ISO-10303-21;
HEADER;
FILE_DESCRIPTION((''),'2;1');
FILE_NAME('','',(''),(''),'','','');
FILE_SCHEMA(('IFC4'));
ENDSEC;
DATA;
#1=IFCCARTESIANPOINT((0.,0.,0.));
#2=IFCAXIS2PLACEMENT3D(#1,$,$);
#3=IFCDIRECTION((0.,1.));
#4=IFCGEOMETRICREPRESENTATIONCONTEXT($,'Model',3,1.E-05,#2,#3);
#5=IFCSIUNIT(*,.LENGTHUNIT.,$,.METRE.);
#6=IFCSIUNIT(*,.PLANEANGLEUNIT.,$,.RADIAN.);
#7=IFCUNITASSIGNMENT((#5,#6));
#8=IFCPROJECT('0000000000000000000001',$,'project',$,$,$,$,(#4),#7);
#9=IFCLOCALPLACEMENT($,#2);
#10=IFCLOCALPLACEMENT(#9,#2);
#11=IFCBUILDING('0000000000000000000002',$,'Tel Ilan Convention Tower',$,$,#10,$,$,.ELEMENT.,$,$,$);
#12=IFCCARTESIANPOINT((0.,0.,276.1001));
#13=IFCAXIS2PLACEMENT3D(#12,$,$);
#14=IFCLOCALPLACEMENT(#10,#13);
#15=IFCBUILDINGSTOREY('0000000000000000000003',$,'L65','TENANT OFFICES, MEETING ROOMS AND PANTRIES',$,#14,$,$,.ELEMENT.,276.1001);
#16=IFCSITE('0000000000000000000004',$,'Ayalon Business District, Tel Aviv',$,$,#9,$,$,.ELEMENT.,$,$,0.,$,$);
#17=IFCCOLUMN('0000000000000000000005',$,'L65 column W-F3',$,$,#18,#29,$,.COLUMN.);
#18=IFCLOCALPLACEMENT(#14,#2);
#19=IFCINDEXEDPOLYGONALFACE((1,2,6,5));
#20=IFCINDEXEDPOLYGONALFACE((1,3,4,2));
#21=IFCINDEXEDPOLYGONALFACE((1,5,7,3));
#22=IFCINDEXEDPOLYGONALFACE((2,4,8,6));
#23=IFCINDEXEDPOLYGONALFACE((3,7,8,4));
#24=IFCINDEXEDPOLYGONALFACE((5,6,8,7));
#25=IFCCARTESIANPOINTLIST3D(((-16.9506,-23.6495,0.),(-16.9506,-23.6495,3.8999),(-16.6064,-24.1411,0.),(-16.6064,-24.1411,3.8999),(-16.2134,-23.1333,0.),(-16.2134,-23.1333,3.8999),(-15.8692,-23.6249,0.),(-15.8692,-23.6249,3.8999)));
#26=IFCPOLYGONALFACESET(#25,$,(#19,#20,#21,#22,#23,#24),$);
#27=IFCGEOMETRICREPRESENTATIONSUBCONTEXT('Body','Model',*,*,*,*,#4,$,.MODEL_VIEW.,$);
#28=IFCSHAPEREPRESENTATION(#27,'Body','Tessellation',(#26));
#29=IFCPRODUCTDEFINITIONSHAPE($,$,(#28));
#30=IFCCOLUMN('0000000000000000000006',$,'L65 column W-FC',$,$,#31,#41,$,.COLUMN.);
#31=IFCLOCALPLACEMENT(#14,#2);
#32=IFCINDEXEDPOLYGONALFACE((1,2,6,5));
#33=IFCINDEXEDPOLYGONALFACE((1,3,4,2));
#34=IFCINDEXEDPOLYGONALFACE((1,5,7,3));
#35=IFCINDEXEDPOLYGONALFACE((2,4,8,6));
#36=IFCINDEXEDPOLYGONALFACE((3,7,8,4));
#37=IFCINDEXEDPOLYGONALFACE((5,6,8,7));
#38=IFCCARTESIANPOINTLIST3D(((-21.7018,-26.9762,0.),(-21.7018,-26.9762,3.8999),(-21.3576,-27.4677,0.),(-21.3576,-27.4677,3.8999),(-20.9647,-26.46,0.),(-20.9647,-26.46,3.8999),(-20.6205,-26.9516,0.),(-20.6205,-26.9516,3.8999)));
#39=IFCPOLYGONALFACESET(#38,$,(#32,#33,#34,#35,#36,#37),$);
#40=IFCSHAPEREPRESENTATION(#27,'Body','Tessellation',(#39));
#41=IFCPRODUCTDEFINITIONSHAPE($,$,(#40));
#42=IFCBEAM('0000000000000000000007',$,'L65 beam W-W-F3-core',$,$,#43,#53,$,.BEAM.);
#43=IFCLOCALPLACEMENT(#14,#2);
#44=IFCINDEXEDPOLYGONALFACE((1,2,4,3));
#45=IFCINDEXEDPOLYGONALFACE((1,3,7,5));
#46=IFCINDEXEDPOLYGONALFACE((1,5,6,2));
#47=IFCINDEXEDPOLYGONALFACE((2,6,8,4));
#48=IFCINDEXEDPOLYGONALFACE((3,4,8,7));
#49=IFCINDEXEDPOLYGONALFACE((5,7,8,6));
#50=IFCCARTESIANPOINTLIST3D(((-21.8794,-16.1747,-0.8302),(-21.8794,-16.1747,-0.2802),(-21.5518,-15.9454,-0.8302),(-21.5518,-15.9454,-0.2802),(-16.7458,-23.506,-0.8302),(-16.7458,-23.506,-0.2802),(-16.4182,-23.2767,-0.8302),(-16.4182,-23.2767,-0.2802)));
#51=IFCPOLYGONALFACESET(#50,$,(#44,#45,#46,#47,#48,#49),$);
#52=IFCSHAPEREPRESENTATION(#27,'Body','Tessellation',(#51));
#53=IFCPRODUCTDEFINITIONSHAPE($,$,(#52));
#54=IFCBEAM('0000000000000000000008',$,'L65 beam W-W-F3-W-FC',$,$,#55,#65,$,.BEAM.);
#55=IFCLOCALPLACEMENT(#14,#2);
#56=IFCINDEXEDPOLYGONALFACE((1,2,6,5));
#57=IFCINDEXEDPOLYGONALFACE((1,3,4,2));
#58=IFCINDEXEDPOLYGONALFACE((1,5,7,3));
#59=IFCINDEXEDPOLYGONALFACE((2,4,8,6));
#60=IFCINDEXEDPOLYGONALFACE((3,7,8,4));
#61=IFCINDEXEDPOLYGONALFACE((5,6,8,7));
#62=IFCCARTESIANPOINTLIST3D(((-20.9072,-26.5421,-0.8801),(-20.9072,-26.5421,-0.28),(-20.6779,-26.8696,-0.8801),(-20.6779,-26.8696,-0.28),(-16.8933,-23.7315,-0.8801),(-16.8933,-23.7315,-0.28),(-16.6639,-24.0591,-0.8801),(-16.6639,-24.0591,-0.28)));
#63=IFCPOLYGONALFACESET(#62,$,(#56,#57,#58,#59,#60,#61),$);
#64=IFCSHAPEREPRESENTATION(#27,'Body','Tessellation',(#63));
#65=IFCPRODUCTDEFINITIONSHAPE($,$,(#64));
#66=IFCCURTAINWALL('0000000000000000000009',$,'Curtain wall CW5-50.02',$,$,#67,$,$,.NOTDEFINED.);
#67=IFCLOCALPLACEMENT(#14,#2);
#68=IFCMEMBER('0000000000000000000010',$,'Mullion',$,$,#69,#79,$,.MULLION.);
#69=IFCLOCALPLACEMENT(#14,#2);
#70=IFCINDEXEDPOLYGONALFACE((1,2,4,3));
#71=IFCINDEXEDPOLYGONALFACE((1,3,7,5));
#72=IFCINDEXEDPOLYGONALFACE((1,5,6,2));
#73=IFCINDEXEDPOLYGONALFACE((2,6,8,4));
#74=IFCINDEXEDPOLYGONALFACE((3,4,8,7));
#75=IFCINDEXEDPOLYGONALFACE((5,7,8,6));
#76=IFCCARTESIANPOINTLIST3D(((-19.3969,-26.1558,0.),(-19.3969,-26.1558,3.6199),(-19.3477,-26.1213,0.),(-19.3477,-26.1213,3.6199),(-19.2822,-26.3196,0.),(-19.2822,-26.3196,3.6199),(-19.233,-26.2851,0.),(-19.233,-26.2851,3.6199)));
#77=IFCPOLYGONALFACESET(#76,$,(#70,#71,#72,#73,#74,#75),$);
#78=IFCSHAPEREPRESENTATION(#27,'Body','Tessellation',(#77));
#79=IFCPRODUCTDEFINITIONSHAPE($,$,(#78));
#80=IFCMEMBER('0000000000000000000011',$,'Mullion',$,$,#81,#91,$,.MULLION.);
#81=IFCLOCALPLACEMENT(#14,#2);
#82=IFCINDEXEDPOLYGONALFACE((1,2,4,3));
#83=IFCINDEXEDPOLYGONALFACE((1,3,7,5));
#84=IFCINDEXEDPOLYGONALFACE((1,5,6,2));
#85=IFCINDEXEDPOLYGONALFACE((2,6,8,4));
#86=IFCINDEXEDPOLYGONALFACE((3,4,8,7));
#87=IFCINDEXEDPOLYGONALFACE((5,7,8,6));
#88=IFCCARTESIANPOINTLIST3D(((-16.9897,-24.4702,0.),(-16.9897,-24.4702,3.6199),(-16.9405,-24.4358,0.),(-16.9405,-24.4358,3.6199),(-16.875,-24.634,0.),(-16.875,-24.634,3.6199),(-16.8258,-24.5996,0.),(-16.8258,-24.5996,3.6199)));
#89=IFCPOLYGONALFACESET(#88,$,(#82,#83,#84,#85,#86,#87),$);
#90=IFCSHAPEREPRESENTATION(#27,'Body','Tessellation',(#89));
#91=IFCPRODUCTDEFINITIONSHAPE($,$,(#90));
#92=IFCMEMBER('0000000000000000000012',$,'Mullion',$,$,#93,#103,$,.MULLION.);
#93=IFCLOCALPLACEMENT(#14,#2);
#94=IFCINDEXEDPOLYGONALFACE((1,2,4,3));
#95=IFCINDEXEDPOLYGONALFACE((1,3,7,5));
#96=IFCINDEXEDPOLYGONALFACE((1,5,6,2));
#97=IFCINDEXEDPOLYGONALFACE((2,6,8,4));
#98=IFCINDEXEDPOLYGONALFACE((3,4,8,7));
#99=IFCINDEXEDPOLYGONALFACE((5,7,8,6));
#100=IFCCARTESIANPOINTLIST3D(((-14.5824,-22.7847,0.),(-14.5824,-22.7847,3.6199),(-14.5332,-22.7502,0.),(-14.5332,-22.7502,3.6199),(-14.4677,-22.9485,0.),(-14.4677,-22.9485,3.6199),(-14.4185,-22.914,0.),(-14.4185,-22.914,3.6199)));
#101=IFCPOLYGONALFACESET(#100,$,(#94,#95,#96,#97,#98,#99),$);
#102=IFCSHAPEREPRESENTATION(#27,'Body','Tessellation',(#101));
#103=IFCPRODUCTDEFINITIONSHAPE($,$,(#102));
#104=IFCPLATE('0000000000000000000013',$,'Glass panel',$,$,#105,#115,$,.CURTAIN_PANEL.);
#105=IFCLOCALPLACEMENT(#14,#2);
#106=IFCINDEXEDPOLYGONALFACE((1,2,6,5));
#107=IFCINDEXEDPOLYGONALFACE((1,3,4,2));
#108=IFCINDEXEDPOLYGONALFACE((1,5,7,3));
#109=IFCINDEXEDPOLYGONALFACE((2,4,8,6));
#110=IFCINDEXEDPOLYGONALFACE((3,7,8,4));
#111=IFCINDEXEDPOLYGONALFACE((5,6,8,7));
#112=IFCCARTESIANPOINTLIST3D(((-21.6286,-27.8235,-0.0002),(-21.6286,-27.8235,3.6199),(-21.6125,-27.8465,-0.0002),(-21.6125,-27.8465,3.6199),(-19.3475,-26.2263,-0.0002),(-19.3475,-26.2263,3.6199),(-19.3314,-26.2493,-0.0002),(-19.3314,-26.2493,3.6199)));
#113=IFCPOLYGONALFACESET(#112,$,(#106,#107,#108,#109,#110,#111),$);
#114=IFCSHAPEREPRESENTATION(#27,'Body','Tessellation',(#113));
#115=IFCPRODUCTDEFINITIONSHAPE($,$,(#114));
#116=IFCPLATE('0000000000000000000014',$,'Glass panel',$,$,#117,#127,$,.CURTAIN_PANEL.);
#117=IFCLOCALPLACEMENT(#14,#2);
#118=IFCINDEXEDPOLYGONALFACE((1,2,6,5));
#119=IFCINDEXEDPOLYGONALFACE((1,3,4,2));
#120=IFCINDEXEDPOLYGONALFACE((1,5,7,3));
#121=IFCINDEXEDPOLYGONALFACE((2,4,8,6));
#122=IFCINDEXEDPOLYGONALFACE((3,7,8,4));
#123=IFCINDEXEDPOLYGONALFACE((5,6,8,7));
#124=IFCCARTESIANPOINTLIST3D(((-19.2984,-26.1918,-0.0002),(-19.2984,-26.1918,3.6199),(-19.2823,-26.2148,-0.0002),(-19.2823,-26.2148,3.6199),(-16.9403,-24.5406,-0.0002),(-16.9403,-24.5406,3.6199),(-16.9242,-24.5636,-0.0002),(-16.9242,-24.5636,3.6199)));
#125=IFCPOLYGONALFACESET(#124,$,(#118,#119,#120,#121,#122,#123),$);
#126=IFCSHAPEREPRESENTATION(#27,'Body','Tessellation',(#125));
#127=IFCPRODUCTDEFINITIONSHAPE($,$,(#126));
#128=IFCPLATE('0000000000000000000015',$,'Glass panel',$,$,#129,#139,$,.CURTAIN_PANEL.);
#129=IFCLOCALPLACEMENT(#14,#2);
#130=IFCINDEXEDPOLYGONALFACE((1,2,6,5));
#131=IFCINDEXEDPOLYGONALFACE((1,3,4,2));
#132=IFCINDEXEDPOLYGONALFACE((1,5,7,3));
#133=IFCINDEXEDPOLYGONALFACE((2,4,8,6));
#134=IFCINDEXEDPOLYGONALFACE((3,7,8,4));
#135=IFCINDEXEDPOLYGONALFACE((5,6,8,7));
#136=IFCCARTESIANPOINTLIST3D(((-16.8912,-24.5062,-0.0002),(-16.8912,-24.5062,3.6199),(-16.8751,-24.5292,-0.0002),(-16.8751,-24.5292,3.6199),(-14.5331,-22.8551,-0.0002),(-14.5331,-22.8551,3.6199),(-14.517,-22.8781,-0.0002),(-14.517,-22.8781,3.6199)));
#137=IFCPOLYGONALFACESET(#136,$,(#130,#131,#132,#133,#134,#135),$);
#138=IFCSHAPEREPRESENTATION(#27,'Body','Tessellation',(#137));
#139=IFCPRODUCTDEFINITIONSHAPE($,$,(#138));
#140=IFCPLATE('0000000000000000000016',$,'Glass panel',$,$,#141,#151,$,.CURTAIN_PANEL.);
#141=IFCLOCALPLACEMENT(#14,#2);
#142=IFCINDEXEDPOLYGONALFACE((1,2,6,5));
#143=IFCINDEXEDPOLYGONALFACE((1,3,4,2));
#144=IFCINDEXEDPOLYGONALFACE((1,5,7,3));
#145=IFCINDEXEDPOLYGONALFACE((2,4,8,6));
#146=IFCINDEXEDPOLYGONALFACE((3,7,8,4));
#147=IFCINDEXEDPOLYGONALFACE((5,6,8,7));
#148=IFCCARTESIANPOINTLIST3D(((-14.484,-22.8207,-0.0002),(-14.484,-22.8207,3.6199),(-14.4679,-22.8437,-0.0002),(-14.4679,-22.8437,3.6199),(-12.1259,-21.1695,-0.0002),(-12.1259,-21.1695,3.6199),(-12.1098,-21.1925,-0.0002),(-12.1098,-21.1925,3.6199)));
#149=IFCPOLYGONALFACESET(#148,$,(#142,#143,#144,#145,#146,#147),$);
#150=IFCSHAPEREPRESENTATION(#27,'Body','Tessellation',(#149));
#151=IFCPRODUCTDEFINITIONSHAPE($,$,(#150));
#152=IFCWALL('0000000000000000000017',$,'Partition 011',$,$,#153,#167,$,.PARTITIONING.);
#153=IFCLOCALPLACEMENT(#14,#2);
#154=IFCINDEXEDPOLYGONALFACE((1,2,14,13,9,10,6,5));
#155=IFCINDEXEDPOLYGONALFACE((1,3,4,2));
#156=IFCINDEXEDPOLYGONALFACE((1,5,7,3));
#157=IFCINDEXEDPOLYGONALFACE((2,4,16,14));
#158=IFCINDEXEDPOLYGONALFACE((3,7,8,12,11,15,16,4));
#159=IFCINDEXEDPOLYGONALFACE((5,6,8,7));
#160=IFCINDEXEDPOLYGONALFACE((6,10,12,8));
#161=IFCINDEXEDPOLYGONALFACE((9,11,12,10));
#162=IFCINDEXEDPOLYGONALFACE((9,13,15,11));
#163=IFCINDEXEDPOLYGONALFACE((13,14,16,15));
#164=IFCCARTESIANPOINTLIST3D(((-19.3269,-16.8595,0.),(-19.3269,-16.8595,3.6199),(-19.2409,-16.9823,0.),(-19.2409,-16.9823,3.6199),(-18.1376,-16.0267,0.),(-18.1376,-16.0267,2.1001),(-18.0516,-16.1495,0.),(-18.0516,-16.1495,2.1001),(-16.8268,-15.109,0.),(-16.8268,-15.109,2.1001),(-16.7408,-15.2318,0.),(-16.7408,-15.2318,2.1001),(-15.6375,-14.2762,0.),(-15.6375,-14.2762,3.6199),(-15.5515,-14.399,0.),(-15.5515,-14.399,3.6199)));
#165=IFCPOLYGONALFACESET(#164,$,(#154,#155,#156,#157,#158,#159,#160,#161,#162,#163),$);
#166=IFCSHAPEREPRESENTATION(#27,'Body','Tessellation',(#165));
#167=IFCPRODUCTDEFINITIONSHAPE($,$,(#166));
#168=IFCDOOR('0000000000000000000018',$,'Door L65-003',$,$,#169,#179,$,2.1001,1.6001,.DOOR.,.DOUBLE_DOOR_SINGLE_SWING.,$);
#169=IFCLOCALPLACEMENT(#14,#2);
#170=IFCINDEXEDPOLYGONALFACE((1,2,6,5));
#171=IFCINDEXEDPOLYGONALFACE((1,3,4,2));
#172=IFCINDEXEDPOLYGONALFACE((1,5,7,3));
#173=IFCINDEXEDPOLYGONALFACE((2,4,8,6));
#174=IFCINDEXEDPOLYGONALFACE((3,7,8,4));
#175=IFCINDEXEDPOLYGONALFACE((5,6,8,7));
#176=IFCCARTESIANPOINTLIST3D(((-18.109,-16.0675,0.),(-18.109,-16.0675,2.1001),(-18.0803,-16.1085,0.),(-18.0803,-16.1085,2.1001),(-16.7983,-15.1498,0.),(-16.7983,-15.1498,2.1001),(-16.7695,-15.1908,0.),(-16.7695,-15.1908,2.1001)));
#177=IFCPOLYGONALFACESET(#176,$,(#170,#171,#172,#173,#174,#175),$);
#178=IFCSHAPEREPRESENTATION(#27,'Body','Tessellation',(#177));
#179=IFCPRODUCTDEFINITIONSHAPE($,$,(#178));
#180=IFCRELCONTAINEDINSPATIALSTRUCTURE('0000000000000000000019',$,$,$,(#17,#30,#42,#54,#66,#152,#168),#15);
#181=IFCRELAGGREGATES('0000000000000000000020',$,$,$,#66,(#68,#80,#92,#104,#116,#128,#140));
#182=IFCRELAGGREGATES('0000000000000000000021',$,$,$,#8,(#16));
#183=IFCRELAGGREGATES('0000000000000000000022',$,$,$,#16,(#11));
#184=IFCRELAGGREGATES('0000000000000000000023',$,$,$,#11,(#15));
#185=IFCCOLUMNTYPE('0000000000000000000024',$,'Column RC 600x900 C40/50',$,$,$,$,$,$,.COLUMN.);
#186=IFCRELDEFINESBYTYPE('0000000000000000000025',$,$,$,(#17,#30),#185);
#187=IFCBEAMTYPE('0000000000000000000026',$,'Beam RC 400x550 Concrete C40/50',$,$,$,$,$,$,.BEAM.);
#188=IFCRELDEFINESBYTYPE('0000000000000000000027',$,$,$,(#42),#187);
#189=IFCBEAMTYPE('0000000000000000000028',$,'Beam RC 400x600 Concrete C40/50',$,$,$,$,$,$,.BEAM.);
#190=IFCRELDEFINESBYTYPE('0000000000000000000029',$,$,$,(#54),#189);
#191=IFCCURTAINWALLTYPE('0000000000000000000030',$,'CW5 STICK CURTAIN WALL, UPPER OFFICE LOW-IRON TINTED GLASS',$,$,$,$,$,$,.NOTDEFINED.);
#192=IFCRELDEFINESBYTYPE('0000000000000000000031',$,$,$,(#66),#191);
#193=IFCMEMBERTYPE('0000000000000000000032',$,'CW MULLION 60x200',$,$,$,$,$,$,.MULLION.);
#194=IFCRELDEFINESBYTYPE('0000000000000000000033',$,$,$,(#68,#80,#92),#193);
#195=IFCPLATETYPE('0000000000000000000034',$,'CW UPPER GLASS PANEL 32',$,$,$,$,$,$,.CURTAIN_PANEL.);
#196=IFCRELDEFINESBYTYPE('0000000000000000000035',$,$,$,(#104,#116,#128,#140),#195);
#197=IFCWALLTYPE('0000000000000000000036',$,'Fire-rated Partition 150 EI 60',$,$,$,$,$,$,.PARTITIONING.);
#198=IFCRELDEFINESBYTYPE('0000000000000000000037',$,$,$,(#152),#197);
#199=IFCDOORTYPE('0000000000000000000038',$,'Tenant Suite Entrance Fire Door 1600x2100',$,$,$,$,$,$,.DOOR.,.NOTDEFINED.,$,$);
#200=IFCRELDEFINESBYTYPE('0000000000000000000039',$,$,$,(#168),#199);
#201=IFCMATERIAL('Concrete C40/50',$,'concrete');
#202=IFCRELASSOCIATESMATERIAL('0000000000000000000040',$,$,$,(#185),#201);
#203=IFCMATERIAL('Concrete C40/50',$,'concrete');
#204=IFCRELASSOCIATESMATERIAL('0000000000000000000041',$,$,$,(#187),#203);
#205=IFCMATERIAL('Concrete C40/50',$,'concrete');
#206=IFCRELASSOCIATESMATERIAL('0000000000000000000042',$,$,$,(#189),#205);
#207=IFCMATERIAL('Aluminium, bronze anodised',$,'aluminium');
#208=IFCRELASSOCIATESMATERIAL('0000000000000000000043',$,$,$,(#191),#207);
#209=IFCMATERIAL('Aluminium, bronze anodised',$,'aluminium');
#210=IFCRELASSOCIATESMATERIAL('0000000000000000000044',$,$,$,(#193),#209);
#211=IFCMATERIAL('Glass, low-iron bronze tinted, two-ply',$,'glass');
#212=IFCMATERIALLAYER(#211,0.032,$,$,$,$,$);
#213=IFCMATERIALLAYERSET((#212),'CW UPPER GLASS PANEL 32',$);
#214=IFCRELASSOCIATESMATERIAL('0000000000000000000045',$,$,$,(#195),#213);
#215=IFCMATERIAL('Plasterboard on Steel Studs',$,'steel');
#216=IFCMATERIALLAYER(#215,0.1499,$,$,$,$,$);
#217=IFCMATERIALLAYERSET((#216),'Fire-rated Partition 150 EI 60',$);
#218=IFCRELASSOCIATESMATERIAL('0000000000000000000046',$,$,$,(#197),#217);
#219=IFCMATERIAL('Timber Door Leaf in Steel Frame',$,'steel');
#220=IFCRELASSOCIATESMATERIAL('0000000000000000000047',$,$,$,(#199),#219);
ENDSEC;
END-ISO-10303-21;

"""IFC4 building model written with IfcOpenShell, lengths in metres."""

from ifc_helpers import new_model, si_unit, direction, frame, frame_2d, origin, origin_2d, place, context, subcontext, project, spatial, rectangle, extrude, material, layer, layer_set, material_profile, profile_set, type_object, element, fill, aggregate, save


model = new_model("IFC4")

# Units and contexts
model_context = context("Model", 3, precision=1e-05, world=origin(), true_north=direction((0.0, 1.0)))
body_context = subcontext(model_context, "Body", "Model", "MODEL_VIEW")
ifc_project = project(units=[si_unit("LENGTHUNIT", "METRE"), si_unit("PLANEANGLEUNIT", "RADIAN")], contexts=[model_context])

# Site, building, storey
site_placement = place(None, origin())
site = spatial("IfcSite", under=ifc_project, at=site_placement, Name="Ayalon Business District, Tel Aviv", CompositionType="ELEMENT", RefElevation=0.0)
building_placement = place(site_placement, origin())
building = spatial("IfcBuilding", under=site, at=building_placement, Name="Tel Ilan Convention Tower", CompositionType="ELEMENT")
storey_placement = place(building_placement, frame((0.0, 0.0, 276.1001)))
storey = spatial("IfcBuildingStorey", under=building, at=storey_placement, Name="L65", Description="TENANT OFFICES, MEETING ROOMS AND PANTRIES", CompositionType="ELEMENT", Elevation=276.1001)

# Columns
ifc_material_1 = material(Name="Concrete C40/50", Category="concrete")
ifc_material_profile_1 = material_profile(ifc_material_1, rectangle(XDim=0.8999, YDim=0.6001, at=origin_2d()), Name="RC 600x900")
ifc_profile_set_1 = profile_set([ifc_material_profile_1], Name="Concrete C40/50")
column_type = type_object("IfcColumnType", Name="Column RC 600x900 C40/50", PredefinedType="COLUMN", material=ifc_profile_set_1)
for number, where, z_axis, x_axis, name in (
    (1, (-16.4099, -23.6372, 0.0), (0.0, 0.0, 1.0), (-0.819152, -0.573576, 0.0), "L65 column W-F3"),
    (2, (-21.1611, -26.9639, 0.0), (0.0, 0.0, 1.0), (-0.819152, -0.573576, 0.0), "L65 column W-FC"),
):
    element("IfcColumn", number, at=place(storey_placement, frame(where, z_axis=z_axis, x_axis=x_axis)), inside=storey, type_object=column_type, Name=name, PredefinedType="COLUMN", context=body_context, shape_type="SweptSolid", body=[
        extrude(rectangle(XDim=0.8999, YDim=0.6001, at=origin_2d()), origin(), (0.0, 0.0, 1.0), 3.8999),
    ])

# Beams
ifc_material_2 = material(Name="Concrete C40/50", Category="concrete")
ifc_material_profile_2 = material_profile(ifc_material_2, rectangle(XDim=0.3999, YDim=0.55, at=origin_2d()), Name="RC 400x550")
ifc_profile_set_2 = profile_set([ifc_material_profile_2], Name="Concrete C40/50")
beam_type_1 = type_object("IfcBeamType", Name="Beam RC 400x550 Concrete C40/50", PredefinedType="BEAM", material=ifc_profile_set_2)
beam_1_placement = place(storey_placement, frame((-16.582, -23.3914, -0.5552), z_axis=(-0.573585, 0.819146, 0.0), x_axis=(-0.819146, -0.573585, 0.0)))
element("IfcBeam", 3, at=beam_1_placement, inside=storey, type_object=beam_type_1, Name="L65 beam W-W-F3-core", PredefinedType="BEAM", context=body_context, shape_type="SweptSolid", body=[
    extrude(rectangle(XDim=0.3999, YDim=0.55, at=origin_2d()), origin(), (0.0, 0.0, 1.0), 8.95),
])
ifc_material_3 = material(Name="Concrete C40/50", Category="concrete")
ifc_material_profile_3 = material_profile(ifc_material_3, rectangle(XDim=0.3999, YDim=0.6001, at=origin_2d()), Name="RC 400x600")
ifc_profile_set_3 = profile_set([ifc_material_profile_3], Name="Concrete C40/50")
beam_type_2 = type_object("IfcBeamType", Name="Beam RC 400x600 Concrete C40/50", PredefinedType="BEAM", material=ifc_profile_set_3)
beam_2_placement = place(storey_placement, frame((-16.7786, -23.8953, -0.5801), z_axis=(-0.819155, -0.573573, 0.0), x_axis=(0.573573, -0.819155, 0.0)))
element("IfcBeam", 4, at=beam_2_placement, inside=storey, type_object=beam_type_2, Name="L65 beam W-W-F3-W-FC", PredefinedType="BEAM", context=body_context, shape_type="SweptSolid", body=[
    extrude(rectangle(XDim=0.3999, YDim=0.6001, at=origin_2d()), origin(), (0.0, 0.0, 1.0), 4.9001),
])

# Curtain wall, members, plates
ifc_material_4 = material(Name="Aluminium, bronze anodised", Category="aluminium")
curtain_wall_type = type_object("IfcCurtainWallType", Name="CW5 STICK CURTAIN WALL, UPPER OFFICE LOW-IRON TINTED GLASS", PredefinedType="NOTDEFINED", material=ifc_material_4)
curtain_wall_placement = place(storey_placement, origin())
curtain_wall = element("IfcCurtainWall", 5, at=curtain_wall_placement, inside=storey, type_object=curtain_wall_type, Name="Curtain wall CW5-50.02", PredefinedType="NOTDEFINED")
ifc_material_5 = material(Name="Aluminium, bronze anodised", Category="aluminium")
ifc_material_profile_4 = material_profile(ifc_material_5, rectangle(XDim=0.0601, YDim=0.2, at=origin_2d()), Name="CW MULLION 60x200")
ifc_profile_set_4 = profile_set([ifc_material_profile_4], Name="Aluminium, bronze anodised")
member_type = type_object("IfcMemberType", Name="CW MULLION 60x200", PredefinedType="MULLION", material=ifc_profile_set_4)
member_1_placement = place(storey_placement, frame((-19.3149, -26.2205, 0.0), z_axis=(0.0, 0.0, 1.0), x_axis=(0.819152, 0.573576, 0.0)))
member_1 = element("IfcMember", 6, at=member_1_placement, type_object=member_type, Name="Mullion", PredefinedType="MULLION", context=body_context, shape_type="SweptSolid", body=[
    extrude(rectangle(XDim=0.0601, YDim=0.2, at=origin_2d()), origin(), (0.0, 0.0, 1.0), 3.6199),
])
member_2_placement = place(storey_placement, frame((-16.9077, -24.5349, 0.0), z_axis=(0.0, 0.0, 1.0), x_axis=(0.819152, 0.573576, 0.0)))
member_2 = element("IfcMember", 7, at=member_2_placement, type_object=member_type, Name="Mullion", PredefinedType="MULLION", context=body_context, shape_type="SweptSolid", body=[
    extrude(rectangle(XDim=0.0601, YDim=0.2, at=origin_2d()), origin(), (0.0, 0.0, 1.0), 3.6199),
])
member_3_placement = place(storey_placement, frame((-14.5005, -22.8494, 0.0), z_axis=(0.0, 0.0, 1.0), x_axis=(0.819152, 0.573576, 0.0)))
member_3 = element("IfcMember", 8, at=member_3_placement, type_object=member_type, Name="Mullion", PredefinedType="MULLION", context=body_context, shape_type="SweptSolid", body=[
    extrude(rectangle(XDim=0.0601, YDim=0.2, at=origin_2d()), origin(), (0.0, 0.0, 1.0), 3.6199),
])
ifc_material_6 = material(Name="Glass, low-iron bronze tinted, two-ply", Category="glass")
ifc_layer_1 = layer(ifc_material_6, 0.032)
ifc_layer_set_1 = layer_set([ifc_layer_1], Name="CW UPPER GLASS PANEL 32")
plate_type = type_object("IfcPlateType", Name="CW UPPER GLASS PANEL 32", PredefinedType="CURTAIN_PANEL", material=ifc_layer_set_1)
plate_1_placement = place(storey_placement, frame((-20.48, -27.0364, -0.0002), z_axis=(0.0, 0.0, 1.0), x_axis=(0.819152, 0.573576, 0.0)))
plate_1 = element("IfcPlate", 9, at=plate_1_placement, type_object=plate_type, Name="Glass panel", PredefinedType="CURTAIN_PANEL", context=body_context, shape_type="SweptSolid", body=[
    extrude(rectangle(XDim=2.7847, YDim=0.0281, at=origin_2d()), origin(), (0.0, 0.0, 1.0), 3.6201),
])
plate_2_placement = place(storey_placement, frame((-18.1113, -25.3777, -0.0002), z_axis=(0.0, 0.0, 1.0), x_axis=(0.819152, 0.573576, 0.0)))
plate_2 = element("IfcPlate", 10, at=plate_2_placement, type_object=plate_type, Name="Glass panel", PredefinedType="CURTAIN_PANEL", context=body_context, shape_type="SweptSolid", body=[
    extrude(rectangle(XDim=2.8787, YDim=0.0281, at=origin_2d()), origin(), (0.0, 0.0, 1.0), 3.6201),
])
plate_3_placement = place(storey_placement, frame((-15.7041, -23.6921, -0.0002), z_axis=(0.0, 0.0, 1.0), x_axis=(0.819152, 0.573576, 0.0)))
plate_3 = element("IfcPlate", 11, at=plate_3_placement, type_object=plate_type, Name="Glass panel", PredefinedType="CURTAIN_PANEL", context=body_context, shape_type="SweptSolid", body=[
    extrude(rectangle(XDim=2.8787, YDim=0.0281, at=origin_2d()), origin(), (0.0, 0.0, 1.0), 3.6201),
])
plate_4_placement = place(storey_placement, frame((-13.2969, -22.0066, -0.0002), z_axis=(0.0, 0.0, 1.0), x_axis=(0.819152, 0.573576, 0.0)))
plate_4 = element("IfcPlate", 12, at=plate_4_placement, type_object=plate_type, Name="Glass panel", PredefinedType="CURTAIN_PANEL", context=body_context, shape_type="SweptSolid", body=[
    extrude(rectangle(XDim=2.8787, YDim=0.0281, at=origin_2d()), origin(), (0.0, 0.0, 1.0), 3.6201),
])
aggregate(curtain_wall, [member_1, member_2, member_3, plate_1, plate_2, plate_3, plate_4])

# Wall, opening, door
ifc_material_7 = material(Name="Plasterboard on Steel Studs", Category="steel")
ifc_layer_2 = layer(ifc_material_7, 0.1499)
ifc_layer_set_2 = layer_set([ifc_layer_2], Name="Fire-rated Partition 150 EI 60")
wall_type_1 = type_object("IfcWallType", Name="Fire-rated Partition 150 EI 60", PredefinedType="PARTITIONING", material=ifc_layer_set_2)
wall_1_placement = place(storey_placement, frame((-15.5945, -14.3376, 0.0), z_axis=(0.0, 0.0, 1.0), x_axis=(-0.819166, -0.573557, 0.0)))
wall_1 = element("IfcWall", 13, at=wall_1_placement, inside=storey, type_object=wall_type_1, Name="Partition 011", PredefinedType="PARTITIONING", context=body_context, shape_type="SweptSolid", body=[
    extrude(rectangle(XDim=4.5039, YDim=0.1499, at=frame_2d((2.252, 0.0))), origin(), (0.0, 0.0, 1.0), 3.6199),
])
opening_1_placement = place(wall_1_placement, frame((1.4519, 0.0, 0.0)))
opening_1 = element("IfcOpeningElement", 14, at=opening_1_placement, cuts=wall_1, PredefinedType="OPENING", context=body_context, shape_type="SweptSolid", body=[
    extrude(rectangle(XDim=1.6001, YDim=2.1001, at=frame_2d((0.8, 1.05))), frame((0.0, 0.085, 0.0), z_axis=(0.0, -1.0, 0.0), x_axis=(1.0, 0.0, 0.0)), (0.0, 0.0, 1.0), 0.1699),
])
ifc_material_8 = material(Name="Timber Door Leaf in Steel Frame", Category="steel")
door_type_1 = type_object("IfcDoorType", Name="Tenant Suite Entrance Fire Door 1600x2100", OperationType="NOTDEFINED", PredefinedType="DOOR", material=ifc_material_8)
door_1_placement = place(opening_1_placement, origin())
door_1 = element("IfcDoor", 15, at=door_1_placement, inside=storey, type_object=door_type_1, Name="Door L65-003", OperationType="DOUBLE_DOOR_SINGLE_SWING", OverallHeight=2.1001, OverallWidth=1.6001, PredefinedType="DOOR", context=body_context, shape_type="SweptSolid", body=[
    extrude(rectangle(XDim=1.6001, YDim=2.1001, at=frame_2d((0.8, 1.05))), frame((0.0, 0.0249, 0.0), z_axis=(0.0, -1.0, 0.0), x_axis=(1.0, 0.0, 0.0)), (0.0, 0.0, 1.0), 0.05),
])
fill(opening_1, door_1)

save(model, "model.ifc")
